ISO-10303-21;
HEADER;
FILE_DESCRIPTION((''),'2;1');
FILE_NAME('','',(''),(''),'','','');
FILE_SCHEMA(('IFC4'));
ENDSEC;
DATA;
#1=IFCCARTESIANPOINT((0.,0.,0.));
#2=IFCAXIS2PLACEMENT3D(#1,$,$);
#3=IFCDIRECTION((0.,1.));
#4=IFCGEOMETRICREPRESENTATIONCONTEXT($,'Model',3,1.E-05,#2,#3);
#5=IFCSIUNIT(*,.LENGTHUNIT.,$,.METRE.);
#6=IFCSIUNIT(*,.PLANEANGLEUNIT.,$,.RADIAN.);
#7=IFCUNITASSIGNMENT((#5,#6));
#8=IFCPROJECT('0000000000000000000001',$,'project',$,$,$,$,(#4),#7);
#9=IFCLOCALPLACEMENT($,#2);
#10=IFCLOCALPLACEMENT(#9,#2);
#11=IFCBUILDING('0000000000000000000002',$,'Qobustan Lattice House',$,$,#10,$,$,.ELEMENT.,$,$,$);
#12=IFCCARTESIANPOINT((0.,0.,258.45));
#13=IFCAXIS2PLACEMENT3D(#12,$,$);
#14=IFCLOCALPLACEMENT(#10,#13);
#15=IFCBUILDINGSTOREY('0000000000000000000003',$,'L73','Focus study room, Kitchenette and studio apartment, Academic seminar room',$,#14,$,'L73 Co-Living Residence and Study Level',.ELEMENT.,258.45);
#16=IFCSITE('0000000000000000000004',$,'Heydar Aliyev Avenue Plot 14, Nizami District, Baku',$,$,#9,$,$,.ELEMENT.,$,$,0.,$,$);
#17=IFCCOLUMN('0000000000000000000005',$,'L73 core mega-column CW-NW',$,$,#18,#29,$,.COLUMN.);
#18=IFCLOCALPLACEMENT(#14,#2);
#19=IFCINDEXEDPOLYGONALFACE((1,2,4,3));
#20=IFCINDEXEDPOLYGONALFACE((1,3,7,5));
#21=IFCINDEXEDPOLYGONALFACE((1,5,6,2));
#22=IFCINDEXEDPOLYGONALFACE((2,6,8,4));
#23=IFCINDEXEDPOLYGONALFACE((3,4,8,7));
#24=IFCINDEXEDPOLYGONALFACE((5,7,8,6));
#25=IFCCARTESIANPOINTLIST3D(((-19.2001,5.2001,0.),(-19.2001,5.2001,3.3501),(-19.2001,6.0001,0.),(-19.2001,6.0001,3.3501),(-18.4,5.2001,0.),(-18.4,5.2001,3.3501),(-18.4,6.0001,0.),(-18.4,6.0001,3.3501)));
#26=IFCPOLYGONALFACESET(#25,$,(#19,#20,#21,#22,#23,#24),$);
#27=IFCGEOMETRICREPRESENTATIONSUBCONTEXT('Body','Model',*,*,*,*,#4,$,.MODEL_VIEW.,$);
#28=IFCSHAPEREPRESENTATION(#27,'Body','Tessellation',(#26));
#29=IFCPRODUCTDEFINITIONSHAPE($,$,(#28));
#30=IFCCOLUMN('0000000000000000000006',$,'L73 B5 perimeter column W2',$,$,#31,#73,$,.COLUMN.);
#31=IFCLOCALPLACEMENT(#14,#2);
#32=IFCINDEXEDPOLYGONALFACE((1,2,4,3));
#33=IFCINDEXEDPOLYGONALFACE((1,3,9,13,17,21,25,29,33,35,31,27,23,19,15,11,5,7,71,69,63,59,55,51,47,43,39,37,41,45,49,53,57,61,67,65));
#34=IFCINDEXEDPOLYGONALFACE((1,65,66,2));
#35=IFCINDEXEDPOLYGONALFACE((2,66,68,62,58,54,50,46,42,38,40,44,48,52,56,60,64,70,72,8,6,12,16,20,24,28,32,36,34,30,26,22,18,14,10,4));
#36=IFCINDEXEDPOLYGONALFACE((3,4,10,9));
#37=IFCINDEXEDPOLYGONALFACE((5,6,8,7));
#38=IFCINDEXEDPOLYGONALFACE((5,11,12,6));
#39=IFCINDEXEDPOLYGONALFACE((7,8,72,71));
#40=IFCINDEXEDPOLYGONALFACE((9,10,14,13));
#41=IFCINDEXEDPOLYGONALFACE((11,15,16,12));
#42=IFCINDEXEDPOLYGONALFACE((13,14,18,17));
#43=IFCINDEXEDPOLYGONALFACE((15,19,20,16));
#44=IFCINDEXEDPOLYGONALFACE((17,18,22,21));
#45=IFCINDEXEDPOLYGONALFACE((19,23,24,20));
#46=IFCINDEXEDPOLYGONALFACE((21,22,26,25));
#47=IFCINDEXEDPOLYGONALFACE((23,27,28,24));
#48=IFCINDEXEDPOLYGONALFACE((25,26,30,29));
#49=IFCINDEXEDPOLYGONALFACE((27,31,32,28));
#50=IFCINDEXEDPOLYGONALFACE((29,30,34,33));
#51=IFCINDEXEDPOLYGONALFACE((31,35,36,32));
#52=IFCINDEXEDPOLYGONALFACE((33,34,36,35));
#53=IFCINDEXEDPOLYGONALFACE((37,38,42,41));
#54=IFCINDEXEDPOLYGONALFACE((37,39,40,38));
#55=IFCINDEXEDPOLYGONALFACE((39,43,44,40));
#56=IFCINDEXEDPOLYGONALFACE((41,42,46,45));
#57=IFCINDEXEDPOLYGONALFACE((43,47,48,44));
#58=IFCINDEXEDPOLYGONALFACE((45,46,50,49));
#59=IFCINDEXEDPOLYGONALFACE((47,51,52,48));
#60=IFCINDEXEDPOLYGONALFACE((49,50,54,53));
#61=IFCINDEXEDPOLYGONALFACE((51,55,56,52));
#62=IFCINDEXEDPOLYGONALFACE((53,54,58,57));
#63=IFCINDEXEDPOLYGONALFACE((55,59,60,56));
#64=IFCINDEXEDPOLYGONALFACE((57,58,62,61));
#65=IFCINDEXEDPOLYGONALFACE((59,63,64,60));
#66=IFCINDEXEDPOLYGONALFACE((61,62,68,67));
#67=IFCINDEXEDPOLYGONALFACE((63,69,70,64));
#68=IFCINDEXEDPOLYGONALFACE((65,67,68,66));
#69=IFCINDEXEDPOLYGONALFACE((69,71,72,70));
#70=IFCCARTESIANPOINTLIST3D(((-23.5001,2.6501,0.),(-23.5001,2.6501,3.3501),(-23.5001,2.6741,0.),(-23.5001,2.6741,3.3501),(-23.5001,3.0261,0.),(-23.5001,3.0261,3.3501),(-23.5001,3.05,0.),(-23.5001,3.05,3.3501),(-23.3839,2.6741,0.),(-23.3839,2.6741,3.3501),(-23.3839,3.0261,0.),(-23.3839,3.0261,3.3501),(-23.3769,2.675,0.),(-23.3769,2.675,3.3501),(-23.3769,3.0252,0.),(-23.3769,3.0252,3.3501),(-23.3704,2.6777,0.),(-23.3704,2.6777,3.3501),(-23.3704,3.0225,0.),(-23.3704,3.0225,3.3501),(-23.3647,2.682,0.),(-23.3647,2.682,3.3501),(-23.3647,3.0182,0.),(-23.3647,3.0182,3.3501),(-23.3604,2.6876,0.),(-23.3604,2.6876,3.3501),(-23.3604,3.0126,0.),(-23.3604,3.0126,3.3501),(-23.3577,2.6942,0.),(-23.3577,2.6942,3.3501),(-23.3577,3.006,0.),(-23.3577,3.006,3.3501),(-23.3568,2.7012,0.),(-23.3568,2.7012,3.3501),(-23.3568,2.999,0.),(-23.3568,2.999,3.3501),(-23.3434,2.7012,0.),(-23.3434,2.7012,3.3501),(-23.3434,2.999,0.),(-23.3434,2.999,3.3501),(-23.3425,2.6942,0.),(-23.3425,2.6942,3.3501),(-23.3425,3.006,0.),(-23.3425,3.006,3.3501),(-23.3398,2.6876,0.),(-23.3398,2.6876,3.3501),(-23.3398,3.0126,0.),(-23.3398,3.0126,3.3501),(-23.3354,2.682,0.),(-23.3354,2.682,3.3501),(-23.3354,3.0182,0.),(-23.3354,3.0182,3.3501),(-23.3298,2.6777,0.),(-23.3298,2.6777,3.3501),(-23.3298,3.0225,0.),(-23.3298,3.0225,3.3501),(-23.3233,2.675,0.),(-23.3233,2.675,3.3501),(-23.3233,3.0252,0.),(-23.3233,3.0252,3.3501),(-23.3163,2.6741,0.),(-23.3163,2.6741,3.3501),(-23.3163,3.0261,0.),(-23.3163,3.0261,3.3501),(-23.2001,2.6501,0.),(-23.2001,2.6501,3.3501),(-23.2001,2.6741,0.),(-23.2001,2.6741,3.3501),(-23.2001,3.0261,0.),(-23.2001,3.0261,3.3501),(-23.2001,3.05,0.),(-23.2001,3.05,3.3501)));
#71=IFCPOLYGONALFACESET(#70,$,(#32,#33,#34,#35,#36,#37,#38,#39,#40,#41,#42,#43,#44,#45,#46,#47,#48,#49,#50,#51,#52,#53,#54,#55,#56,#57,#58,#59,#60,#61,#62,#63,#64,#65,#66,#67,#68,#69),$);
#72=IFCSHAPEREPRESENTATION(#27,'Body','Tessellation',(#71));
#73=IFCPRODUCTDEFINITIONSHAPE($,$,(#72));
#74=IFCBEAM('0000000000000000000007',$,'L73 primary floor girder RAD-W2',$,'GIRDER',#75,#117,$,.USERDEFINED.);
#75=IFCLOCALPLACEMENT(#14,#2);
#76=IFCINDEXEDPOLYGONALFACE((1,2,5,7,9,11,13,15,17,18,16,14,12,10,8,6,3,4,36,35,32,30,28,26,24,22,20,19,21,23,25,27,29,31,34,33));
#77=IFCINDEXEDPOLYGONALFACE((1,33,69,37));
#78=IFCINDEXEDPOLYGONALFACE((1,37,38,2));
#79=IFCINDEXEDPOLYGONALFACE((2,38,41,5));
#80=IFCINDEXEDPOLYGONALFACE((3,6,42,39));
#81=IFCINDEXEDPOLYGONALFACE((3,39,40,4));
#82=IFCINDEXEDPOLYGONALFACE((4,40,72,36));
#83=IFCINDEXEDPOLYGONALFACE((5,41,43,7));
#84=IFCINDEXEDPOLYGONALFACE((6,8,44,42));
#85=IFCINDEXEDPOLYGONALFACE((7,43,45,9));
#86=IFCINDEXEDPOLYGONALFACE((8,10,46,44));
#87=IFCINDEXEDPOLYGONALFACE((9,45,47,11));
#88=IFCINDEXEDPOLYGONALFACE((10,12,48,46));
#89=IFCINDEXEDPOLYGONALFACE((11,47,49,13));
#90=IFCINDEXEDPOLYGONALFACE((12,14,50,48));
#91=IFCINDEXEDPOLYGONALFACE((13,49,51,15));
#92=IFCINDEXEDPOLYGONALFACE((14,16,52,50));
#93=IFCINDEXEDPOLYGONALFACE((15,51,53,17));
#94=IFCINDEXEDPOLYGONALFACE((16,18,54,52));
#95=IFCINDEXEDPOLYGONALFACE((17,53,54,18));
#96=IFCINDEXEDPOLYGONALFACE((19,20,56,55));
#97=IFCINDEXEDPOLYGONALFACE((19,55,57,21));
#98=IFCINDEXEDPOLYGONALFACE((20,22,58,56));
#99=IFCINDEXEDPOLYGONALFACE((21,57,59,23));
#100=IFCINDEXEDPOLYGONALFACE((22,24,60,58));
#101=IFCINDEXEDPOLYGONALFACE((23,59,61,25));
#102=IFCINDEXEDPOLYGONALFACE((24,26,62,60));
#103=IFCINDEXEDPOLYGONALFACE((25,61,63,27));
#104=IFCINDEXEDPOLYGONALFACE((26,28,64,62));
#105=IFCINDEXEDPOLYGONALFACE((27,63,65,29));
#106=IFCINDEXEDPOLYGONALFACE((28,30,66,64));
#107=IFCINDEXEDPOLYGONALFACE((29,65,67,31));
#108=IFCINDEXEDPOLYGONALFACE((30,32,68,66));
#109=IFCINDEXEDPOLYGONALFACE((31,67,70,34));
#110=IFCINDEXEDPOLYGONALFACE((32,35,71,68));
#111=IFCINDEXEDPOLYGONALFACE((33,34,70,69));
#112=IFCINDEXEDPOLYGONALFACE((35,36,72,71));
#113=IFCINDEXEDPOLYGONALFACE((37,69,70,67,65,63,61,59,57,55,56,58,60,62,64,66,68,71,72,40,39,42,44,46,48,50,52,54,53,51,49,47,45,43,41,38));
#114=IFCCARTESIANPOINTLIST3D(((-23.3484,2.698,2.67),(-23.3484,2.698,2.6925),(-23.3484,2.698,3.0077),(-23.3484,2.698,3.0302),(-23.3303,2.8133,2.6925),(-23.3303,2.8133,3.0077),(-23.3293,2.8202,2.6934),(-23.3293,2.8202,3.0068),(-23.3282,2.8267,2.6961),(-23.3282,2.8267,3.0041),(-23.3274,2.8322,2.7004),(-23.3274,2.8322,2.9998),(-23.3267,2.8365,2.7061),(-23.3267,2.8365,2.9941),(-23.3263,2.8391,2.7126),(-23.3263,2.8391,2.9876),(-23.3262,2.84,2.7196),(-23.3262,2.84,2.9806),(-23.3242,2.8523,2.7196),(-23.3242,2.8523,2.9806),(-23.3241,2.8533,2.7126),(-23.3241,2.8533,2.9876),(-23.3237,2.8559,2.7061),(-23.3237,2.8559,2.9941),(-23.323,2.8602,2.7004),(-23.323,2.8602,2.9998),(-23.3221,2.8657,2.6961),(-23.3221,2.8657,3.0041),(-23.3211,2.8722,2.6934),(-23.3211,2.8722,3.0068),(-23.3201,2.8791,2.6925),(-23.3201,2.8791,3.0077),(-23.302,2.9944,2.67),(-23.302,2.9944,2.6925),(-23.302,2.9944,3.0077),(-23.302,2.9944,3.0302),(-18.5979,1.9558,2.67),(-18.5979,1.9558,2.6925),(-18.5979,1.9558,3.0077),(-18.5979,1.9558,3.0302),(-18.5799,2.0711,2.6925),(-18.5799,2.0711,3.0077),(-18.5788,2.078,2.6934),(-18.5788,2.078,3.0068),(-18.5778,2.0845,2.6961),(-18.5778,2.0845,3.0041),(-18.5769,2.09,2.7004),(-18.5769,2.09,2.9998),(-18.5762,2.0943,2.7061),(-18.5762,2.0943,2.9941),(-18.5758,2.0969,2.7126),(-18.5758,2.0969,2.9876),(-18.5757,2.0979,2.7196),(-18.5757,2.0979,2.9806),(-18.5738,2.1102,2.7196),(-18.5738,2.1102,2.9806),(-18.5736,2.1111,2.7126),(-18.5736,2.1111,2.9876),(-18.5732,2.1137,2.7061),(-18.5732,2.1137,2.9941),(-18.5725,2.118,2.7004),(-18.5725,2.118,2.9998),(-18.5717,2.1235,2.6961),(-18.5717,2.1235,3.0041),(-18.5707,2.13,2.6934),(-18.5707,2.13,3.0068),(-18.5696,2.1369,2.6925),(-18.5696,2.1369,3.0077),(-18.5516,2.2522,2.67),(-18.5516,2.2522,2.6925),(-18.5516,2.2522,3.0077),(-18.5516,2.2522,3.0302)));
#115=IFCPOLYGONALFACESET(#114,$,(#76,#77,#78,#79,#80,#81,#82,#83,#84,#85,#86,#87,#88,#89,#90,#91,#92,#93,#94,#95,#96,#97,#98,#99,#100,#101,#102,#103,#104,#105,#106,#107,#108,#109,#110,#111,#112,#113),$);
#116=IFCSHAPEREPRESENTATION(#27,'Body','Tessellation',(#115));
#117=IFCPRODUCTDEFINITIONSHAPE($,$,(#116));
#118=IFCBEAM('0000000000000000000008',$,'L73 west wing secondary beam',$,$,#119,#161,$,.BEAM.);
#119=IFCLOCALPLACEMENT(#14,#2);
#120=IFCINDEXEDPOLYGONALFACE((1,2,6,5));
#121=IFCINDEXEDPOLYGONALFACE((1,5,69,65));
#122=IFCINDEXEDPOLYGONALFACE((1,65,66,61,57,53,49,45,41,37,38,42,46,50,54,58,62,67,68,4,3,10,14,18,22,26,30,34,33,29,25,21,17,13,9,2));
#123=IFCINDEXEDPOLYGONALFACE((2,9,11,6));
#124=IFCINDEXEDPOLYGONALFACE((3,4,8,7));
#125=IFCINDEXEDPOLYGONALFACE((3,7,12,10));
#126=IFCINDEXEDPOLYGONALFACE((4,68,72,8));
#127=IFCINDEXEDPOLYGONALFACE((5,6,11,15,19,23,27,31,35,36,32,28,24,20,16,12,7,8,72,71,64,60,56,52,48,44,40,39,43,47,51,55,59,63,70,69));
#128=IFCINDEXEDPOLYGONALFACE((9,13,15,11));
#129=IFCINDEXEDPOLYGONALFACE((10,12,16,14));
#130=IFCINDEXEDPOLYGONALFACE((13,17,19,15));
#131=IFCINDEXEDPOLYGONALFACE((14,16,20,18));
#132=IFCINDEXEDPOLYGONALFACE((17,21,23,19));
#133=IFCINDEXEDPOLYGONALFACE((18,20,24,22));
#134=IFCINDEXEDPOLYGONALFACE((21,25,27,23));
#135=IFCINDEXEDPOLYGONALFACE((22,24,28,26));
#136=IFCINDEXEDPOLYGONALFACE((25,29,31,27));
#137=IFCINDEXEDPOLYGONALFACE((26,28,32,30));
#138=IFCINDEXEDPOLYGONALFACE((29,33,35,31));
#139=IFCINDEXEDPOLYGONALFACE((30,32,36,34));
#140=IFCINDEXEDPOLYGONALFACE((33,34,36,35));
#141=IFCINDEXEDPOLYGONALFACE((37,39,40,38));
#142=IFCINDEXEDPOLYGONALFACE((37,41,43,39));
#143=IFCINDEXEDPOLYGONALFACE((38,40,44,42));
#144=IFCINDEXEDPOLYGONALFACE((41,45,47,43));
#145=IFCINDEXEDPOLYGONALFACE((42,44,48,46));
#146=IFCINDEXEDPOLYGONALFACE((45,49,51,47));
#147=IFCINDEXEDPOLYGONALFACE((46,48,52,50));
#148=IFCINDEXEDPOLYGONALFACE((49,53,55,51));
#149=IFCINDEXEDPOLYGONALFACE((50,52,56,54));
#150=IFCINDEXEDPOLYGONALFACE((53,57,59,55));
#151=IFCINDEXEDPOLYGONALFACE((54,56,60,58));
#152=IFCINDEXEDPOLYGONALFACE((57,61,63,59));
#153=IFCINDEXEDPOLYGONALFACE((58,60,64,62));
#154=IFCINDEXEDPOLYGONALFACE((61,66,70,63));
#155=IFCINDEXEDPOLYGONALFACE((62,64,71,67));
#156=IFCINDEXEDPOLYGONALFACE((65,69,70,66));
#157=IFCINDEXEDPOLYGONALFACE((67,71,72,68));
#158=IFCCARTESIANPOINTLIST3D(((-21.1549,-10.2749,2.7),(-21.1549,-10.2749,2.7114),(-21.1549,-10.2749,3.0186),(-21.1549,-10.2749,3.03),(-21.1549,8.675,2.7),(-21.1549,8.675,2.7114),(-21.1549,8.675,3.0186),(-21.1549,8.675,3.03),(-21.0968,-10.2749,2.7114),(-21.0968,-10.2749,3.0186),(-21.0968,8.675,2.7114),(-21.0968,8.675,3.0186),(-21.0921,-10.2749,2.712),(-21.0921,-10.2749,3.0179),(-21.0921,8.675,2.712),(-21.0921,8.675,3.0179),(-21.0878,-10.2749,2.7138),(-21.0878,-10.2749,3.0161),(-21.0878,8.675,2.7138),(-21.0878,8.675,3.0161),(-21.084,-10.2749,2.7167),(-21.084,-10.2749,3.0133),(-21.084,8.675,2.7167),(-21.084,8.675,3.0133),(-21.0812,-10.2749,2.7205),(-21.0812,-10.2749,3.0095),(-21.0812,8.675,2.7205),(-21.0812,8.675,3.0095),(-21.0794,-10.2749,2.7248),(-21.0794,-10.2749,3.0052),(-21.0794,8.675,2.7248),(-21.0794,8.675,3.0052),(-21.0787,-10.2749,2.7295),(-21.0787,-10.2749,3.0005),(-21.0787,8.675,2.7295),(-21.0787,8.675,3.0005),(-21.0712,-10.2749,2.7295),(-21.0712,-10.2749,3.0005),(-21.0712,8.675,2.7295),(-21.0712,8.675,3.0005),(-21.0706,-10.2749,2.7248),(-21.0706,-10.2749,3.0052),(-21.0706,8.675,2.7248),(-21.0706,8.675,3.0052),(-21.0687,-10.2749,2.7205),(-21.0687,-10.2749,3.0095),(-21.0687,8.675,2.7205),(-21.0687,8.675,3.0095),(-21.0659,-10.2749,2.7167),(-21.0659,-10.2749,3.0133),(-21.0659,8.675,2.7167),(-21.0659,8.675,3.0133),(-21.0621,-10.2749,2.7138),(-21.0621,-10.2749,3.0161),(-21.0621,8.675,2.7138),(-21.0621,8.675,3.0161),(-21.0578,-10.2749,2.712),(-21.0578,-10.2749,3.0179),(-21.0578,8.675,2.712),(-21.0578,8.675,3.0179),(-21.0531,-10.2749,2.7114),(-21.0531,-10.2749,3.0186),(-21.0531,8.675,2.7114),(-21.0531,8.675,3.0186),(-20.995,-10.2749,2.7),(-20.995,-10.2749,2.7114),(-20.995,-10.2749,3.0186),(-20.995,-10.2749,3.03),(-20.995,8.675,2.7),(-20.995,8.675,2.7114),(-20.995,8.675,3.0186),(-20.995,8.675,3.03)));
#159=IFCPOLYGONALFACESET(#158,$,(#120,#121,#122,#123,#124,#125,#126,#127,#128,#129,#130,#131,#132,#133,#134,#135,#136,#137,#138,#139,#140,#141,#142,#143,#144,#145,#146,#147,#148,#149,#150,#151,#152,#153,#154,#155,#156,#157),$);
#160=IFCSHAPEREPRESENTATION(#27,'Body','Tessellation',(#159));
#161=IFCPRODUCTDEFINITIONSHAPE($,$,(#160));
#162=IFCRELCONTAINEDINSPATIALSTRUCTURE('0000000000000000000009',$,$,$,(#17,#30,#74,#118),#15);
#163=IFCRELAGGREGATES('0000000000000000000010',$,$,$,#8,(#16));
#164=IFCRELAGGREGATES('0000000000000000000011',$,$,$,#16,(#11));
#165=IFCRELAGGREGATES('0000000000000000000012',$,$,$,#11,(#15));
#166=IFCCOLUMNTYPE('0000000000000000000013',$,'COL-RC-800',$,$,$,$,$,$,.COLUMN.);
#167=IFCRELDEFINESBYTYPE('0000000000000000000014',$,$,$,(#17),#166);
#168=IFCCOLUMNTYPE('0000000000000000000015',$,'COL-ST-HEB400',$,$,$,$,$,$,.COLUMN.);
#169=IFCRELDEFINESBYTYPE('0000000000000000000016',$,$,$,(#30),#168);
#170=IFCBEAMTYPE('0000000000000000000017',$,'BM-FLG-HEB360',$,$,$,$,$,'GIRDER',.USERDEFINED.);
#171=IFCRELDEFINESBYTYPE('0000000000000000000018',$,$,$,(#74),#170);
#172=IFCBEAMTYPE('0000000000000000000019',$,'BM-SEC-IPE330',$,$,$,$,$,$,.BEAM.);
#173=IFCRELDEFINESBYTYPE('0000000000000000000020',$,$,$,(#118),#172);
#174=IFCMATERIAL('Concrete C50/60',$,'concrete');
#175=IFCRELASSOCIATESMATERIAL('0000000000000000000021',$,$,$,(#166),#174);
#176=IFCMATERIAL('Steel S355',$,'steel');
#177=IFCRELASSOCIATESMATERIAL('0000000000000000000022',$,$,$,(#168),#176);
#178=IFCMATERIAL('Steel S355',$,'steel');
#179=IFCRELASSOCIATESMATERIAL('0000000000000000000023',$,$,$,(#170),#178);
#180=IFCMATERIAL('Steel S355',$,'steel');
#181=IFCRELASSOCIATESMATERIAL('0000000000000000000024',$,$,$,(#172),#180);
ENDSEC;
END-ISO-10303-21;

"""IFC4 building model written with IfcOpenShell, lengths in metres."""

from ifc_helpers import new_model, si_unit, direction, frame, origin, origin_2d, place, context, subcontext, project, spatial, rectangle, i_section, extrude, material, material_profile, profile_set, type_object, element, save


model = new_model("IFC4")

# Units and contexts
model_context = context("Model", 3, precision=1e-05, world=origin(), true_north=direction((0.0, 1.0)))
body_context = subcontext(model_context, "Body", "Model", "MODEL_VIEW")
ifc_project = project(units=[si_unit("LENGTHUNIT", "METRE"), si_unit("PLANEANGLEUNIT", "RADIAN")], contexts=[model_context])

# Site, building, storey
site_placement = place(None, origin())
site = spatial("IfcSite", under=ifc_project, at=site_placement, Name="Heydar Aliyev Avenue Plot 14, Nizami District, Baku", CompositionType="ELEMENT", RefElevation=0.0)
building_placement = place(site_placement, origin())
building = spatial("IfcBuilding", under=site, at=building_placement, Name="Qobustan Lattice House", CompositionType="ELEMENT")
storey_placement = place(building_placement, frame((0.0, 0.0, 258.45)))
storey = spatial("IfcBuildingStorey", under=building, at=storey_placement, Name="L73", Description="Focus study room, Kitchenette and studio apartment, Academic seminar room", LongName="L73 Co-Living Residence and Study Level", CompositionType="ELEMENT", Elevation=258.45)

# Columns
ifc_material_1 = material(Name="Concrete C50/60", Category="concrete")
ifc_material_profile_1 = material_profile(ifc_material_1, rectangle(XDim=0.8, YDim=0.8, at=origin_2d()), Name="RC800x800")
ifc_profile_set_1 = profile_set([ifc_material_profile_1], Name="Concrete C50/60")
column_type_1 = type_object("IfcColumnType", Name="COL-RC-800", PredefinedType="COLUMN", material=ifc_profile_set_1)
column_1_placement = place(storey_placement, frame((-18.8, 5.6001, 0.0), z_axis=(0.0, 0.0, 1.0), x_axis=(1.0, 0.0, 0.0)))
element("IfcColumn", 1, at=column_1_placement, inside=storey, type_object=column_type_1, Name="L73 core mega-column CW-NW", PredefinedType="COLUMN", context=body_context, shape_type="SweptSolid", body=[
    extrude(rectangle(XDim=0.8, YDim=0.8, at=origin_2d()), origin(), (0.0, 0.0, 1.0), 3.3501),
])
ifc_material_2 = material(Name="Steel S355", Category="steel")
ifc_material_profile_2 = material_profile(ifc_material_2, i_section(OverallWidth=0.3, OverallDepth=0.3999, WebThickness=0.0134, FlangeThickness=0.0239, FilletRadius=0.0271, at=origin_2d()), Name="HEB400")
ifc_profile_set_2 = profile_set([ifc_material_profile_2], Name="Steel S355")
column_type_2 = type_object("IfcColumnType", Name="COL-ST-HEB400", PredefinedType="COLUMN", material=ifc_profile_set_2)
column_2_placement = place(storey_placement, frame((-23.3501, 2.8501, 0.0), z_axis=(0.0, 0.0, 1.0), x_axis=(1.0, 0.0, 0.0)))
element("IfcColumn", 2, at=column_2_placement, inside=storey, type_object=column_type_2, Name="L73 B5 perimeter column W2", PredefinedType="COLUMN", context=body_context, shape_type="SweptSolid", body=[
    extrude(i_section(OverallWidth=0.3, OverallDepth=0.3999, WebThickness=0.0134, FlangeThickness=0.0239, FilletRadius=0.0271, at=origin_2d()), origin(), (0.0, 0.0, 1.0), 3.3501),
])

# Beams
ifc_material_3 = material(Name="Steel S355", Category="steel")
ifc_material_profile_3 = material_profile(ifc_material_3, i_section(OverallWidth=0.3, OverallDepth=0.3601, WebThickness=0.0125, FlangeThickness=0.0225, FilletRadius=0.0271, at=origin_2d()), Name="HEB360")
ifc_profile_set_3 = profile_set([ifc_material_profile_3], Name="Steel S355")
beam_type_1 = type_object("IfcBeamType", Name="BM-FLG-HEB360", ElementType="GIRDER", PredefinedType="USERDEFINED", material=ifc_profile_set_3)
beam_1_placement = place(storey_placement, frame((-23.3252, 2.8462, 2.8501), z_axis=(0.988014, -0.154361, 0.0), x_axis=(0.154361, 0.988014, 0.0)))
element("IfcBeam", 3, at=beam_1_placement, inside=storey, type_object=beam_type_1, Name="L73 primary floor girder RAD-W2", ObjectType="GIRDER", PredefinedType="USERDEFINED", context=body_context, shape_type="SweptSolid", body=[
    extrude(i_section(OverallWidth=0.3, OverallDepth=0.3601, WebThickness=0.0125, FlangeThickness=0.0225, FilletRadius=0.0271, at=origin_2d()), origin(), (0.0, 0.0, 1.0), 4.8081),
])
ifc_material_4 = material(Name="Steel S355", Category="steel")
ifc_material_profile_4 = material_profile(ifc_material_4, i_section(OverallWidth=0.1599, OverallDepth=0.3301, WebThickness=0.0076, FlangeThickness=0.0115, FilletRadius=0.0181, at=origin_2d()), Name="IPE330")
ifc_profile_set_4 = profile_set([ifc_material_profile_4], Name="Steel S355")
beam_type_2 = type_object("IfcBeamType", Name="BM-SEC-IPE330", PredefinedType="BEAM", material=ifc_profile_set_4)
beam_2_placement = place(storey_placement, frame((-21.075, 8.675, 2.865), z_axis=(0.0, -1.0, 0.0), x_axis=(1.0, 0.0, 0.0)))
element("IfcBeam", 4, at=beam_2_placement, inside=storey, type_object=beam_type_2, Name="L73 west wing secondary beam", PredefinedType="BEAM", context=body_context, shape_type="SweptSolid", body=[
    extrude(i_section(OverallWidth=0.1599, OverallDepth=0.3301, WebThickness=0.0076, FlangeThickness=0.0115, FilletRadius=0.0181, at=origin_2d()), origin(), (0.0, 0.0, 1.0), 18.95),
])

save(model, "model.ifc")
